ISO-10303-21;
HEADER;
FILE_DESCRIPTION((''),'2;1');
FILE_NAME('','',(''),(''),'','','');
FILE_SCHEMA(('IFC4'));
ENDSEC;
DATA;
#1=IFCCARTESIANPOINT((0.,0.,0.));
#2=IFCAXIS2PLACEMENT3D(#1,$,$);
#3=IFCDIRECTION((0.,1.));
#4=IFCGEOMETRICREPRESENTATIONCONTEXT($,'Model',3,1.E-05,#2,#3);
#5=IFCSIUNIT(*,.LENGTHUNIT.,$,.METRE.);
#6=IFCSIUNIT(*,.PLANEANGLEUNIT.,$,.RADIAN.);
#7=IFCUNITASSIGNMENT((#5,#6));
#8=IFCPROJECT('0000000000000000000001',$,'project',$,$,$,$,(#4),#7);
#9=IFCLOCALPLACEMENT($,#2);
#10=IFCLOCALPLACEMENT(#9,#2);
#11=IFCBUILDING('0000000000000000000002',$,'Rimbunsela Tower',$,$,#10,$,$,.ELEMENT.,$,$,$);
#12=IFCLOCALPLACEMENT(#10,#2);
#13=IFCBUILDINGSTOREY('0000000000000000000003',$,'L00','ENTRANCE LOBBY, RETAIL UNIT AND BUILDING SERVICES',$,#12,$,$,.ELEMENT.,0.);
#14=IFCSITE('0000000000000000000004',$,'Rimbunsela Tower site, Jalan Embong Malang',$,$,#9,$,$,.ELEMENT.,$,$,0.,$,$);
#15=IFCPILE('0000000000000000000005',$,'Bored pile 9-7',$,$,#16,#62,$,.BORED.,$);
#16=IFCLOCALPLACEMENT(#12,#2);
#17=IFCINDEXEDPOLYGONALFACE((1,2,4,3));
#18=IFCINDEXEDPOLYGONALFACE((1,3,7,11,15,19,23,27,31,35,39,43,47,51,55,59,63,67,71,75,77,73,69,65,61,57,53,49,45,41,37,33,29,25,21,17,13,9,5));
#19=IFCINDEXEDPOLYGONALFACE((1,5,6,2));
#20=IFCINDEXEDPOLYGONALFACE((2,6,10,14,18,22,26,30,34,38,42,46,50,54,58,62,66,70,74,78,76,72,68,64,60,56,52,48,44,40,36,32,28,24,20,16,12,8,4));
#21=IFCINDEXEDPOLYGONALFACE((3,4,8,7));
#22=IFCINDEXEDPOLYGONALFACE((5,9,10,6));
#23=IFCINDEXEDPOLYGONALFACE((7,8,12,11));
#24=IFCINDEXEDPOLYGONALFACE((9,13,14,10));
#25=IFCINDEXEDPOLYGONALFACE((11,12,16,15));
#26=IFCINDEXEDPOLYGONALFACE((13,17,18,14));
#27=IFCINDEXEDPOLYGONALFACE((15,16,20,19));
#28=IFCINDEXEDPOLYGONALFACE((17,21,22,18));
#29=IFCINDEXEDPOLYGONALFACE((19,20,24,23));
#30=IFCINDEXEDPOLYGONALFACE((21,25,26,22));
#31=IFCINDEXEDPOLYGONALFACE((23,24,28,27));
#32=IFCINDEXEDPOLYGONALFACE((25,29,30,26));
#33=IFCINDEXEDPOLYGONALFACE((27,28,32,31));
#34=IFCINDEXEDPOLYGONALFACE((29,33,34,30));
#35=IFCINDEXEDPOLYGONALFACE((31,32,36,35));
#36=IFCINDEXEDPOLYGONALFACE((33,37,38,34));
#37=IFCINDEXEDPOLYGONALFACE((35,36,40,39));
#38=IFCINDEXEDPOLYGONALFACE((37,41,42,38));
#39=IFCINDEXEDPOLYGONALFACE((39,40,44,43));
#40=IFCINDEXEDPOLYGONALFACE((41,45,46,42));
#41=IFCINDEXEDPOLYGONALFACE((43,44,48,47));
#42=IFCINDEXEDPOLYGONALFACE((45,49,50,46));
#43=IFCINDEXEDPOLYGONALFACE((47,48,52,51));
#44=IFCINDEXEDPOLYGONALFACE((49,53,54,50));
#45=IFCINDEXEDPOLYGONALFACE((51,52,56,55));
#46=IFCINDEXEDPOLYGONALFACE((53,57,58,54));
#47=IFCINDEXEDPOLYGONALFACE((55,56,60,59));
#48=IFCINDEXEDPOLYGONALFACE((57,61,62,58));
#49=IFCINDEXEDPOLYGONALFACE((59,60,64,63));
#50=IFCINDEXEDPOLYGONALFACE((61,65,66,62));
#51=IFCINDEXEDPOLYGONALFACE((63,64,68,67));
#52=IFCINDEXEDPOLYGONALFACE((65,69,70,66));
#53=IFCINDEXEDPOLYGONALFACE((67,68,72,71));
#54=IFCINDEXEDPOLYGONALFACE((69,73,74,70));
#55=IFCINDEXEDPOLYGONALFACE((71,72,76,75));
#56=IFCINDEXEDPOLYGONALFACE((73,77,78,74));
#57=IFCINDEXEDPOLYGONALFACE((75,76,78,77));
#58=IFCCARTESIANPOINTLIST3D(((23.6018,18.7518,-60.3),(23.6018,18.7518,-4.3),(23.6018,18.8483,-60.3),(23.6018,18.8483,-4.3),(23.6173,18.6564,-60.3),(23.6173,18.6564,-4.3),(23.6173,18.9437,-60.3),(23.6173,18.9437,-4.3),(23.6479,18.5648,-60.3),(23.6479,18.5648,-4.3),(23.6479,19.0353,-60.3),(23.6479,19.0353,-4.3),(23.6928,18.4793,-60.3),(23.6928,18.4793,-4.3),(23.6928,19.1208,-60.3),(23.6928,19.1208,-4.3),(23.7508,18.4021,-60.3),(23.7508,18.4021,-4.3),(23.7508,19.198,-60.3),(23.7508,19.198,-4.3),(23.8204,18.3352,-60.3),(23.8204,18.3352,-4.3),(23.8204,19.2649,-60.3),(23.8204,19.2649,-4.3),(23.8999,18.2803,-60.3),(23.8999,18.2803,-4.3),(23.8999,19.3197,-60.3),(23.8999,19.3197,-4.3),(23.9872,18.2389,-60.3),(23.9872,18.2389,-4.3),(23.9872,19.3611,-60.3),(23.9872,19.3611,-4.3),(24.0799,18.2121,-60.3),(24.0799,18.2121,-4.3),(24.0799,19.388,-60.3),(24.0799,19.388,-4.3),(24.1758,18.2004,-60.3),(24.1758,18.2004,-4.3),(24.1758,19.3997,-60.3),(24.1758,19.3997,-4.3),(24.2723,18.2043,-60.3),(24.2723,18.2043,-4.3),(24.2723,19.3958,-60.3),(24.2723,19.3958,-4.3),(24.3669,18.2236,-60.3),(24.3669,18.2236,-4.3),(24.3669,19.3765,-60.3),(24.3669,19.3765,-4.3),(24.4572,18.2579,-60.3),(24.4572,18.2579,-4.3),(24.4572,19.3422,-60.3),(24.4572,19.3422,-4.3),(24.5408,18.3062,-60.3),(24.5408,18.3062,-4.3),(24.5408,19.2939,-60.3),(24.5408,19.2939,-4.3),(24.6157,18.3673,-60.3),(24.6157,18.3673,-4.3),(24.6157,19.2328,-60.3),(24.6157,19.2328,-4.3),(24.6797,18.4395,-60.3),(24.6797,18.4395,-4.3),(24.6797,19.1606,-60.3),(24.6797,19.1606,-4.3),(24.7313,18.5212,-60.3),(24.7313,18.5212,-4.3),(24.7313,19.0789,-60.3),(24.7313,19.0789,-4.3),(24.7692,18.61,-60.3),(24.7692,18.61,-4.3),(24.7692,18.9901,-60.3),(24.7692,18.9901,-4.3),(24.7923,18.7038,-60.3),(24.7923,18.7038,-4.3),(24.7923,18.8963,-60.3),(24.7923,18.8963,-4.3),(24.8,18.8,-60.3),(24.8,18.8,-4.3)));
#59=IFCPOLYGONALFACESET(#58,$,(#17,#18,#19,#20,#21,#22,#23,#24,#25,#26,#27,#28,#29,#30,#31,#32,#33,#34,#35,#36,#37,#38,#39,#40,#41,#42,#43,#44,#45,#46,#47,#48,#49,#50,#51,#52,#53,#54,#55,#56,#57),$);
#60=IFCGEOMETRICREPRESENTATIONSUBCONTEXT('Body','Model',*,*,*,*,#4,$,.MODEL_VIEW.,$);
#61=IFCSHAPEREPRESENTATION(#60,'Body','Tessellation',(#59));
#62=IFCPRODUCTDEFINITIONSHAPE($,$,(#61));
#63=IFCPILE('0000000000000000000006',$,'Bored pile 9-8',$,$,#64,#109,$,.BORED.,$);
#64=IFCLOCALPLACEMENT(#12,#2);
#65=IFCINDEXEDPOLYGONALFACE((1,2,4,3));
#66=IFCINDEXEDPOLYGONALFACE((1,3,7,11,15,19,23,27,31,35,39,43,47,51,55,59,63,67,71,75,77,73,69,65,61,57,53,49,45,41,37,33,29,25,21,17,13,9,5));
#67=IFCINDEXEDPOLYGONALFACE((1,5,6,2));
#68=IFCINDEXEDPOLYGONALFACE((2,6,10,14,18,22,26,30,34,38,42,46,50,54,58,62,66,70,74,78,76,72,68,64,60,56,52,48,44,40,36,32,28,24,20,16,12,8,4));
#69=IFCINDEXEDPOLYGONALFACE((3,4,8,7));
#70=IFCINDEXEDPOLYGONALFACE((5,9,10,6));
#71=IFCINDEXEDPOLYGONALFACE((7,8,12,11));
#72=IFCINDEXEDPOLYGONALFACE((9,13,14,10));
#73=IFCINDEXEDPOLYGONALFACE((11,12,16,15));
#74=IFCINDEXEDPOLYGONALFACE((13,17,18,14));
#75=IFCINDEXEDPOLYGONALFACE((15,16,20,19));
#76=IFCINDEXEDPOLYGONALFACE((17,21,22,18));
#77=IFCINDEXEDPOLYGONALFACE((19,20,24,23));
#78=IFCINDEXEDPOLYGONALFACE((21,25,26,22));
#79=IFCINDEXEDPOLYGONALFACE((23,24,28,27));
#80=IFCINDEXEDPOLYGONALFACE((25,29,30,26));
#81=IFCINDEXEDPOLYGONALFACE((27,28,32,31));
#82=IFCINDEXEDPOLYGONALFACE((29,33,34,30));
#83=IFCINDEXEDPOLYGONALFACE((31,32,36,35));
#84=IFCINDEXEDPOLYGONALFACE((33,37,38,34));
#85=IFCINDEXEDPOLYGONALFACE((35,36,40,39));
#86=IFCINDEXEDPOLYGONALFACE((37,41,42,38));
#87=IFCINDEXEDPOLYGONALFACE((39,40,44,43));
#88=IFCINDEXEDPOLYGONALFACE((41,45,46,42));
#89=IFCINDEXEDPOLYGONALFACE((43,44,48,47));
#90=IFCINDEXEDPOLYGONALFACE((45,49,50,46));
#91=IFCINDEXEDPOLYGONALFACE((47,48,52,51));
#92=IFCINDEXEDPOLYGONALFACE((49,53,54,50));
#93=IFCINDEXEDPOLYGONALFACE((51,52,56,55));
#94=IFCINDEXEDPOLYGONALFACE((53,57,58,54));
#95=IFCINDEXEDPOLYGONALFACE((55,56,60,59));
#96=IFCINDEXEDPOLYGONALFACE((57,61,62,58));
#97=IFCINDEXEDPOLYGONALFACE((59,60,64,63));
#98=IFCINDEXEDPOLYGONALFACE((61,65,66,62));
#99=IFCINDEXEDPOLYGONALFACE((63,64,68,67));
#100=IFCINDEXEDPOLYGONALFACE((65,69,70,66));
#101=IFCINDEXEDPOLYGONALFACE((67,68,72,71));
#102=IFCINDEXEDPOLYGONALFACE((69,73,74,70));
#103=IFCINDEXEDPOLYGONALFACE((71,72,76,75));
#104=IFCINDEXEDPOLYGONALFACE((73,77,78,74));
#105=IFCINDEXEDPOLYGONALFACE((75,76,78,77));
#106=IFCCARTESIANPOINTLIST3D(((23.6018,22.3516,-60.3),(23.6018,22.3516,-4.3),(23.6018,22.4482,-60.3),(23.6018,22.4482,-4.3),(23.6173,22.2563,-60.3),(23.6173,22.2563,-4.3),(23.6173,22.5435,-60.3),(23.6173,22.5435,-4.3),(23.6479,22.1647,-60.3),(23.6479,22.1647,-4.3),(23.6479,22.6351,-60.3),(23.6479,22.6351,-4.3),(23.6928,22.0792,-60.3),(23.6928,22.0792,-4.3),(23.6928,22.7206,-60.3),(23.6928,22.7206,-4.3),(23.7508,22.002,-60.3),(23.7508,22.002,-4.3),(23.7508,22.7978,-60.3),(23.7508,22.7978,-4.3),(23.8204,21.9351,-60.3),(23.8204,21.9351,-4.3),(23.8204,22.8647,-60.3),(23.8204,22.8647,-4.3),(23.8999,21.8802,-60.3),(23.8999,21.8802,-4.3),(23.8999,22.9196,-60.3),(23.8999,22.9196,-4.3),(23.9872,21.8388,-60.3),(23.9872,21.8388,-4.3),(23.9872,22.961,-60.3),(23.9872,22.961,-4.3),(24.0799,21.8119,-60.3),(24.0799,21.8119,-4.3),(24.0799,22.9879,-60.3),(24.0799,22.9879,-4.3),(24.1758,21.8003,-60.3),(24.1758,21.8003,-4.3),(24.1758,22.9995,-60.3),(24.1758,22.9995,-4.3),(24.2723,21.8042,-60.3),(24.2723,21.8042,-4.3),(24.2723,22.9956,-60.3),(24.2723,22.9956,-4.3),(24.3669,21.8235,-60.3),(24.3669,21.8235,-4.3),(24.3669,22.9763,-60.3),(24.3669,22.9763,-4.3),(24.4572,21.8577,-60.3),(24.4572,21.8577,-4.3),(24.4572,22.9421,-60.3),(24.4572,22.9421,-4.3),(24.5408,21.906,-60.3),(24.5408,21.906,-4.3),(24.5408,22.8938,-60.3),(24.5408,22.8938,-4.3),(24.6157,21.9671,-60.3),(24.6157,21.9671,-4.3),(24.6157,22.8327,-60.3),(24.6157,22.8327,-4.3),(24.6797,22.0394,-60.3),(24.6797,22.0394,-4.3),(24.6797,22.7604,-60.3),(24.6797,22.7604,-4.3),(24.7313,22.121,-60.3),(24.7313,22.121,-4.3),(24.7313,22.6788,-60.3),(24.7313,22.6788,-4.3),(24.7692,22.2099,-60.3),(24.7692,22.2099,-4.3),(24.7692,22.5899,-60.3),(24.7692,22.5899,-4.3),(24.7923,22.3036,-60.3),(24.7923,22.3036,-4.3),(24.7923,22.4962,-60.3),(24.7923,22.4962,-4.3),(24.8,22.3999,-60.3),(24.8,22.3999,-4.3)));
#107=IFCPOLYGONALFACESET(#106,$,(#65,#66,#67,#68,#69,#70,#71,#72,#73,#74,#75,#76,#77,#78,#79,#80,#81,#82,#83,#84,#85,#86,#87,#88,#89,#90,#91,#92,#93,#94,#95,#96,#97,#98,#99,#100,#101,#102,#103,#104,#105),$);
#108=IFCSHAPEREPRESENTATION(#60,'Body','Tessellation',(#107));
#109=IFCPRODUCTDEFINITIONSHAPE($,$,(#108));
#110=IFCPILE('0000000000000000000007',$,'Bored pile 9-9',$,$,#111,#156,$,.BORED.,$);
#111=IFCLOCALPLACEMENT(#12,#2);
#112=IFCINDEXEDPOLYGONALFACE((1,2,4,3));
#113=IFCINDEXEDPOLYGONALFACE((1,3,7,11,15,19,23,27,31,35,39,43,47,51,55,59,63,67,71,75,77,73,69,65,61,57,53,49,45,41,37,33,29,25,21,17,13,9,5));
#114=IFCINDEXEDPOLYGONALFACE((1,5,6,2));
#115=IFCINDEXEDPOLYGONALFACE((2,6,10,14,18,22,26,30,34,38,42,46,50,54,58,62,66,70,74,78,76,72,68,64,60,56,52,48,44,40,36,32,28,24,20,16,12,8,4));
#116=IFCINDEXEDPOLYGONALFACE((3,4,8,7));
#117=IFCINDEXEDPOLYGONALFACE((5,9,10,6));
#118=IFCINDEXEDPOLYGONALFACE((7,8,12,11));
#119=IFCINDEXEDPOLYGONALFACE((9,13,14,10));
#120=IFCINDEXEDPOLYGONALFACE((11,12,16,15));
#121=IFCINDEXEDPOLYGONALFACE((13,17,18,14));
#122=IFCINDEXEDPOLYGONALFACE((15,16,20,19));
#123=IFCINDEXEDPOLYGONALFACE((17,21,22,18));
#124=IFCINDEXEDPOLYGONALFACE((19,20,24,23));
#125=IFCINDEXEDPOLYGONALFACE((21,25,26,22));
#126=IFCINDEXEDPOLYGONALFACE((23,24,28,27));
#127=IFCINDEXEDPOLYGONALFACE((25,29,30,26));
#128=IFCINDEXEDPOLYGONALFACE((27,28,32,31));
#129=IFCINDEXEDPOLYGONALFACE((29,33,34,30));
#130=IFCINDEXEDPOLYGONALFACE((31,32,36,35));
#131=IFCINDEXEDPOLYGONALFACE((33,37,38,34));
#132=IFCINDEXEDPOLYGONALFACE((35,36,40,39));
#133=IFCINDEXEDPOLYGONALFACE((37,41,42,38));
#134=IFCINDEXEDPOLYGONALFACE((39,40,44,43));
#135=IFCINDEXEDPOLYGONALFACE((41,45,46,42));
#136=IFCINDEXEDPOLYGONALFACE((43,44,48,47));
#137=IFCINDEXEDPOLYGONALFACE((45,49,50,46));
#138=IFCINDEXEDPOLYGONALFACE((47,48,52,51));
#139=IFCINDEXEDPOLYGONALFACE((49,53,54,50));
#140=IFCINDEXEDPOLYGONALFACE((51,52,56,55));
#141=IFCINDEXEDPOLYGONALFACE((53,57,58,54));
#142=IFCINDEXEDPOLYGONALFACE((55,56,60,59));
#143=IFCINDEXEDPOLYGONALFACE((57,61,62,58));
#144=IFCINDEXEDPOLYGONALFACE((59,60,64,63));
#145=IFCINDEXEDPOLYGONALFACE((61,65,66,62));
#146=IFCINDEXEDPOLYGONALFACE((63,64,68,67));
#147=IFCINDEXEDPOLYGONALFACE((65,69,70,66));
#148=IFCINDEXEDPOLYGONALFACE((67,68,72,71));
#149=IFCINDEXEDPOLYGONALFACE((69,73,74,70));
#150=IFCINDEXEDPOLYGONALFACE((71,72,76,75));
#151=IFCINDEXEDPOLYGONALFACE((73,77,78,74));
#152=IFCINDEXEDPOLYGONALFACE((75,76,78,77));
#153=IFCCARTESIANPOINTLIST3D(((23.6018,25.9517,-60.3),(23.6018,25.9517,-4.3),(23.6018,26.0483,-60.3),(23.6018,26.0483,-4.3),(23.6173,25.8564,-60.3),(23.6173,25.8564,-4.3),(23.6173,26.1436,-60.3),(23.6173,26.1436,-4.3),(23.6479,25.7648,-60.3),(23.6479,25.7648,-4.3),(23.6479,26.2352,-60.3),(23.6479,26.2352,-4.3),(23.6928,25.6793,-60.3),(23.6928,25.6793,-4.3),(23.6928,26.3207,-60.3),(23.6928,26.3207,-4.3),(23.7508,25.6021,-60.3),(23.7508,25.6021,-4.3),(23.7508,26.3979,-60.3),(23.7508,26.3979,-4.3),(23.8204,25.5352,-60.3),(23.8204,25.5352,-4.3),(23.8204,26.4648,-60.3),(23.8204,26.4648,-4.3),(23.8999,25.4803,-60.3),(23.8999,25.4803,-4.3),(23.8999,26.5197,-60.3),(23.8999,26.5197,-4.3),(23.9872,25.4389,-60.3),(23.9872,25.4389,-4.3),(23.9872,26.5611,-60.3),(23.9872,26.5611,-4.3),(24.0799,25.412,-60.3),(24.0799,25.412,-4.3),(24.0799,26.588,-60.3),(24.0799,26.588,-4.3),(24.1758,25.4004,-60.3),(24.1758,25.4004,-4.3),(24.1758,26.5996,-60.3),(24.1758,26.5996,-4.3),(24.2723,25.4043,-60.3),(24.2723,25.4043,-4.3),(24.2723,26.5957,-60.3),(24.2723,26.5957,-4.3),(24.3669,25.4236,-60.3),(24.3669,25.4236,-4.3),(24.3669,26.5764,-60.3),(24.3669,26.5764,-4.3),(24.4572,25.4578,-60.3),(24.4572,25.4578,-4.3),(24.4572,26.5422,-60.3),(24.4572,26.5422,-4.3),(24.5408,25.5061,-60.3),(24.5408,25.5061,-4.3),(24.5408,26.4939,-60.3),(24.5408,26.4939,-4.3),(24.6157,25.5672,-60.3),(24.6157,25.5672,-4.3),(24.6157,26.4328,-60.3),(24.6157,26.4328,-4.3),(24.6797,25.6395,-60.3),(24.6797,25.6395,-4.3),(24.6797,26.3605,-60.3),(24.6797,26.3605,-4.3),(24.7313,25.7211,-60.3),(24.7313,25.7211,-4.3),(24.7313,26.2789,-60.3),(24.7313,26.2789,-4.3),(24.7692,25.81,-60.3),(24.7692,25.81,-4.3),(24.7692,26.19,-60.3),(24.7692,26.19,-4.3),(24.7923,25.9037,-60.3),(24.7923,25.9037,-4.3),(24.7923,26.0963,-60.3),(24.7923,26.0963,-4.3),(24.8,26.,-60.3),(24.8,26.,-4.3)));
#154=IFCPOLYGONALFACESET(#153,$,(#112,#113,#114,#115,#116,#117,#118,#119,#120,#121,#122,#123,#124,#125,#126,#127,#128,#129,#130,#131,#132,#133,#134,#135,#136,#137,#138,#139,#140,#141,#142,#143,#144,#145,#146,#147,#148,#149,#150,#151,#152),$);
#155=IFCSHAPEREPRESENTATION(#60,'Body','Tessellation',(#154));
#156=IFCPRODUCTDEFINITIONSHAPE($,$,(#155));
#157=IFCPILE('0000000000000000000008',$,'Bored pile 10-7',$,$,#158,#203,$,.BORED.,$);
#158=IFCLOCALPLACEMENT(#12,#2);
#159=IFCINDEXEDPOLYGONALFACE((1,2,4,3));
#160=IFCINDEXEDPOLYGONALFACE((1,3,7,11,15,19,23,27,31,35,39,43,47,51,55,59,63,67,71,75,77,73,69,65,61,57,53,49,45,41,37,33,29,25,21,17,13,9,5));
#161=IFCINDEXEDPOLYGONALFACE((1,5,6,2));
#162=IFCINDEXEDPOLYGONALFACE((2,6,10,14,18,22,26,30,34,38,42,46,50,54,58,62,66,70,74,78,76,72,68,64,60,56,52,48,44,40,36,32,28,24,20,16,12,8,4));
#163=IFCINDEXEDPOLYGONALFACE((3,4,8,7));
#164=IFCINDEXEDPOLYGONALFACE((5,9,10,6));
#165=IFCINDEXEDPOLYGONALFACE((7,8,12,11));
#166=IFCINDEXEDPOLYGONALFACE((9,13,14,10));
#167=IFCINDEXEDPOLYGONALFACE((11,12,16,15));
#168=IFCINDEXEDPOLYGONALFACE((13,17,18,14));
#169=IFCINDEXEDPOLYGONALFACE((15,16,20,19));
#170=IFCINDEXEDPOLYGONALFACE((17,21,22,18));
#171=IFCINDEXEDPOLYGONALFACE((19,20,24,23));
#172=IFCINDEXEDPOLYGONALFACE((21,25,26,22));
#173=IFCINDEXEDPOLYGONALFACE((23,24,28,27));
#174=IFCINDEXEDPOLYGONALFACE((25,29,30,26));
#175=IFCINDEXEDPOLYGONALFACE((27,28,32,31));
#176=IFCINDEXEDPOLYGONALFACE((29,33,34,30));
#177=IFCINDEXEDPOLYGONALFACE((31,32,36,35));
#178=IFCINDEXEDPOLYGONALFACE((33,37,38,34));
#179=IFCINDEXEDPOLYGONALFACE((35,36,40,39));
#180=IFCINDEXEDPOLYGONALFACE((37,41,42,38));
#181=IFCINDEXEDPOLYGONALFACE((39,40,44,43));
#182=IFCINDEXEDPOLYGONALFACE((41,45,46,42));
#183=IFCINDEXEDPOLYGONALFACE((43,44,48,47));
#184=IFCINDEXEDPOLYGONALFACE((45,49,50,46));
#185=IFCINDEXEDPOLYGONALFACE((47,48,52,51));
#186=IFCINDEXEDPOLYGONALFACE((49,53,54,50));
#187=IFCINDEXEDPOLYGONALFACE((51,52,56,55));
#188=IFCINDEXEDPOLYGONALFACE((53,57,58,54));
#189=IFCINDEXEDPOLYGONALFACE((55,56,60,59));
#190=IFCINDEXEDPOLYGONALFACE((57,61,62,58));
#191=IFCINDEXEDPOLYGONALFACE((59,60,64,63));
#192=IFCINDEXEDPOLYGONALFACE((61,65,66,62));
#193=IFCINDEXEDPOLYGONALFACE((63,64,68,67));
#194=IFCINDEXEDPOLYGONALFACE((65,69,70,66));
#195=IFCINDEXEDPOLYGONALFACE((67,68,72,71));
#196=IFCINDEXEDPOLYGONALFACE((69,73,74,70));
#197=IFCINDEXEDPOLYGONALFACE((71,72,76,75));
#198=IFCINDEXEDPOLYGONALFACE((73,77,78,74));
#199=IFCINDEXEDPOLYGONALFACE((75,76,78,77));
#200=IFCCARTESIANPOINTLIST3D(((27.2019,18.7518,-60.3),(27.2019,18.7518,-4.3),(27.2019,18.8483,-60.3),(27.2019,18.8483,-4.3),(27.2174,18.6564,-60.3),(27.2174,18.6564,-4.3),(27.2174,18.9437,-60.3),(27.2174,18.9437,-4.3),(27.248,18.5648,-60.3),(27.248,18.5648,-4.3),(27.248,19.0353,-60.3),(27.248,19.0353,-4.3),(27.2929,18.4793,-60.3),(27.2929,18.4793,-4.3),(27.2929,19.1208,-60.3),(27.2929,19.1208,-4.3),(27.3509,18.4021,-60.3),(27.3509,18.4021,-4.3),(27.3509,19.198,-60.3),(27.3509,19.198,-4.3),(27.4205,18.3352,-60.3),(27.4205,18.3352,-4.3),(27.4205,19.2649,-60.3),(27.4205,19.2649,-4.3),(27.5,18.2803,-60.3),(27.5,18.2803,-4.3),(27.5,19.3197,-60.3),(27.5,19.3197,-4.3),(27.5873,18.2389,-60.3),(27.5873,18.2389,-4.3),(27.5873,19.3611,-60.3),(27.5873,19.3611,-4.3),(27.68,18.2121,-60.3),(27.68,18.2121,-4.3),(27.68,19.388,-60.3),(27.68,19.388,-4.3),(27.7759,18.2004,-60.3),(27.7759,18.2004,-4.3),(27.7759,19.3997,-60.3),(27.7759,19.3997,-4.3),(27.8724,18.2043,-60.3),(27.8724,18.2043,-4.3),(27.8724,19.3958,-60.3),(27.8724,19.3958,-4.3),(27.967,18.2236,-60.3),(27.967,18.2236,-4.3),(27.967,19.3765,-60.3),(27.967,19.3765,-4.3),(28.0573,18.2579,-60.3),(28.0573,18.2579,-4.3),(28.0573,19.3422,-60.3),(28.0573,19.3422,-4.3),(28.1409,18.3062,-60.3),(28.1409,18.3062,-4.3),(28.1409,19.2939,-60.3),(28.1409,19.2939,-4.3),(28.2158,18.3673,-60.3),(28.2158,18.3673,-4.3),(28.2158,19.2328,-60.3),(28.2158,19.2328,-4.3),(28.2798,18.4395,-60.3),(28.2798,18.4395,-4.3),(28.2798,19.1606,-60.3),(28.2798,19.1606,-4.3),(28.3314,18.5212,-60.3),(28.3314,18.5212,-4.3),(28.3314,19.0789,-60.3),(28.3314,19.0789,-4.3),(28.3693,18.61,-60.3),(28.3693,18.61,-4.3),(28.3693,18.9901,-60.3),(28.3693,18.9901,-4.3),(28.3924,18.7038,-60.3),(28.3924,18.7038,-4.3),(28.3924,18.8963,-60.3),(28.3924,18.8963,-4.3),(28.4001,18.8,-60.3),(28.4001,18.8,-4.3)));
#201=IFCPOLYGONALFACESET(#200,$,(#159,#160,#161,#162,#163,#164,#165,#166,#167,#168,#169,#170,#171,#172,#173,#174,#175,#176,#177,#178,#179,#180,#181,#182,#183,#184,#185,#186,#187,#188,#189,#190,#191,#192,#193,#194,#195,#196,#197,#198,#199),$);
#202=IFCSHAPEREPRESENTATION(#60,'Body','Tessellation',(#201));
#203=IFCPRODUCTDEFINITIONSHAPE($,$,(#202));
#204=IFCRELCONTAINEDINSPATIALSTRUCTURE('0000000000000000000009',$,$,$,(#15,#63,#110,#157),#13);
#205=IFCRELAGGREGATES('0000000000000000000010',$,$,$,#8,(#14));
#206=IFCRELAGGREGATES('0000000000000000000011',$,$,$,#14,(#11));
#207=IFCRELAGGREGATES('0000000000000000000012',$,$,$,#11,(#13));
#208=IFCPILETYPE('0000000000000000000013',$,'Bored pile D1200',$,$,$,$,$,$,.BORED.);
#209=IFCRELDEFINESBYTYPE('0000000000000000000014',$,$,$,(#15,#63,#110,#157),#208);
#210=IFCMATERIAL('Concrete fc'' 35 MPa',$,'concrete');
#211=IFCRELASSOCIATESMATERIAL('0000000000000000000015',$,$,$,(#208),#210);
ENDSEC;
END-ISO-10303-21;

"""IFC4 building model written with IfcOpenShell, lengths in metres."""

from ifc_helpers import new_model, si_unit, direction, frame, origin, origin_2d, place, context, subcontext, project, spatial, circle, extrude, material, material_profile, profile_set, type_object, element, save


model = new_model("IFC4")

# Units and contexts
model_context = context("Model", 3, precision=1e-05, world=origin(), true_north=direction((0.0, 1.0)))
body_context = subcontext(model_context, "Body", "Model", "MODEL_VIEW")
ifc_project = project(units=[si_unit("LENGTHUNIT", "METRE"), si_unit("PLANEANGLEUNIT", "RADIAN")], contexts=[model_context])

# Site, building, storey
site_placement = place(None, origin())
site = spatial("IfcSite", under=ifc_project, at=site_placement, Name="Rimbunsela Tower site, Jalan Embong Malang", CompositionType="ELEMENT", RefElevation=0.0)
building_placement = place(site_placement, origin())
building = spatial("IfcBuilding", under=site, at=building_placement, Name="Rimbunsela Tower", CompositionType="ELEMENT")
storey_placement = place(building_placement, origin())
storey = spatial("IfcBuildingStorey", under=building, at=storey_placement, Name="L00", Description="ENTRANCE LOBBY, RETAIL UNIT AND BUILDING SERVICES", CompositionType="ELEMENT", Elevation=0.0)

# Piles
ifc_material_1 = material(Name="Concrete fc' 35 MPa", Category="concrete")
ifc_material_profile = material_profile(ifc_material_1, circle(Radius=0.6001, at=origin_2d()), Name="BP D1200")
ifc_profile_set = profile_set([ifc_material_profile], Name="Concrete fc' 35 MPa")
pile_type = type_object("IfcPileType", Name="Bored pile D1200", PredefinedType="BORED", material=ifc_profile_set)
for number, where, z_axis, x_axis, name in (
    (1, (24.2, 18.8, -4.3), (0.0, 0.0, -1.0), (1.0, 0.0, 0.0), "Bored pile 9-7"),
    (2, (24.2, 22.3999, -4.3), (0.0, 0.0, -1.0), (1.0, 0.0, 0.0), "Bored pile 9-8"),
    (3, (24.2, 26.0, -4.3), (0.0, 0.0, -1.0), (1.0, 0.0, 0.0), "Bored pile 9-9"),
    (4, (27.8, 18.8, -4.3), (0.0, 0.0, -1.0), (1.0, 0.0, 0.0), "Bored pile 10-7"),
):
    element("IfcPile", number, at=place(storey_placement, frame(where, z_axis=z_axis, x_axis=x_axis)), inside=storey, type_object=pile_type, Name=name, PredefinedType="BORED", context=body_context, shape_type="SweptSolid", body=[
        extrude(circle(Radius=0.6001, at=origin_2d()), origin(), (0.0, 0.0, 1.0), 56.0),
    ])

save(model, "model.ifc")
